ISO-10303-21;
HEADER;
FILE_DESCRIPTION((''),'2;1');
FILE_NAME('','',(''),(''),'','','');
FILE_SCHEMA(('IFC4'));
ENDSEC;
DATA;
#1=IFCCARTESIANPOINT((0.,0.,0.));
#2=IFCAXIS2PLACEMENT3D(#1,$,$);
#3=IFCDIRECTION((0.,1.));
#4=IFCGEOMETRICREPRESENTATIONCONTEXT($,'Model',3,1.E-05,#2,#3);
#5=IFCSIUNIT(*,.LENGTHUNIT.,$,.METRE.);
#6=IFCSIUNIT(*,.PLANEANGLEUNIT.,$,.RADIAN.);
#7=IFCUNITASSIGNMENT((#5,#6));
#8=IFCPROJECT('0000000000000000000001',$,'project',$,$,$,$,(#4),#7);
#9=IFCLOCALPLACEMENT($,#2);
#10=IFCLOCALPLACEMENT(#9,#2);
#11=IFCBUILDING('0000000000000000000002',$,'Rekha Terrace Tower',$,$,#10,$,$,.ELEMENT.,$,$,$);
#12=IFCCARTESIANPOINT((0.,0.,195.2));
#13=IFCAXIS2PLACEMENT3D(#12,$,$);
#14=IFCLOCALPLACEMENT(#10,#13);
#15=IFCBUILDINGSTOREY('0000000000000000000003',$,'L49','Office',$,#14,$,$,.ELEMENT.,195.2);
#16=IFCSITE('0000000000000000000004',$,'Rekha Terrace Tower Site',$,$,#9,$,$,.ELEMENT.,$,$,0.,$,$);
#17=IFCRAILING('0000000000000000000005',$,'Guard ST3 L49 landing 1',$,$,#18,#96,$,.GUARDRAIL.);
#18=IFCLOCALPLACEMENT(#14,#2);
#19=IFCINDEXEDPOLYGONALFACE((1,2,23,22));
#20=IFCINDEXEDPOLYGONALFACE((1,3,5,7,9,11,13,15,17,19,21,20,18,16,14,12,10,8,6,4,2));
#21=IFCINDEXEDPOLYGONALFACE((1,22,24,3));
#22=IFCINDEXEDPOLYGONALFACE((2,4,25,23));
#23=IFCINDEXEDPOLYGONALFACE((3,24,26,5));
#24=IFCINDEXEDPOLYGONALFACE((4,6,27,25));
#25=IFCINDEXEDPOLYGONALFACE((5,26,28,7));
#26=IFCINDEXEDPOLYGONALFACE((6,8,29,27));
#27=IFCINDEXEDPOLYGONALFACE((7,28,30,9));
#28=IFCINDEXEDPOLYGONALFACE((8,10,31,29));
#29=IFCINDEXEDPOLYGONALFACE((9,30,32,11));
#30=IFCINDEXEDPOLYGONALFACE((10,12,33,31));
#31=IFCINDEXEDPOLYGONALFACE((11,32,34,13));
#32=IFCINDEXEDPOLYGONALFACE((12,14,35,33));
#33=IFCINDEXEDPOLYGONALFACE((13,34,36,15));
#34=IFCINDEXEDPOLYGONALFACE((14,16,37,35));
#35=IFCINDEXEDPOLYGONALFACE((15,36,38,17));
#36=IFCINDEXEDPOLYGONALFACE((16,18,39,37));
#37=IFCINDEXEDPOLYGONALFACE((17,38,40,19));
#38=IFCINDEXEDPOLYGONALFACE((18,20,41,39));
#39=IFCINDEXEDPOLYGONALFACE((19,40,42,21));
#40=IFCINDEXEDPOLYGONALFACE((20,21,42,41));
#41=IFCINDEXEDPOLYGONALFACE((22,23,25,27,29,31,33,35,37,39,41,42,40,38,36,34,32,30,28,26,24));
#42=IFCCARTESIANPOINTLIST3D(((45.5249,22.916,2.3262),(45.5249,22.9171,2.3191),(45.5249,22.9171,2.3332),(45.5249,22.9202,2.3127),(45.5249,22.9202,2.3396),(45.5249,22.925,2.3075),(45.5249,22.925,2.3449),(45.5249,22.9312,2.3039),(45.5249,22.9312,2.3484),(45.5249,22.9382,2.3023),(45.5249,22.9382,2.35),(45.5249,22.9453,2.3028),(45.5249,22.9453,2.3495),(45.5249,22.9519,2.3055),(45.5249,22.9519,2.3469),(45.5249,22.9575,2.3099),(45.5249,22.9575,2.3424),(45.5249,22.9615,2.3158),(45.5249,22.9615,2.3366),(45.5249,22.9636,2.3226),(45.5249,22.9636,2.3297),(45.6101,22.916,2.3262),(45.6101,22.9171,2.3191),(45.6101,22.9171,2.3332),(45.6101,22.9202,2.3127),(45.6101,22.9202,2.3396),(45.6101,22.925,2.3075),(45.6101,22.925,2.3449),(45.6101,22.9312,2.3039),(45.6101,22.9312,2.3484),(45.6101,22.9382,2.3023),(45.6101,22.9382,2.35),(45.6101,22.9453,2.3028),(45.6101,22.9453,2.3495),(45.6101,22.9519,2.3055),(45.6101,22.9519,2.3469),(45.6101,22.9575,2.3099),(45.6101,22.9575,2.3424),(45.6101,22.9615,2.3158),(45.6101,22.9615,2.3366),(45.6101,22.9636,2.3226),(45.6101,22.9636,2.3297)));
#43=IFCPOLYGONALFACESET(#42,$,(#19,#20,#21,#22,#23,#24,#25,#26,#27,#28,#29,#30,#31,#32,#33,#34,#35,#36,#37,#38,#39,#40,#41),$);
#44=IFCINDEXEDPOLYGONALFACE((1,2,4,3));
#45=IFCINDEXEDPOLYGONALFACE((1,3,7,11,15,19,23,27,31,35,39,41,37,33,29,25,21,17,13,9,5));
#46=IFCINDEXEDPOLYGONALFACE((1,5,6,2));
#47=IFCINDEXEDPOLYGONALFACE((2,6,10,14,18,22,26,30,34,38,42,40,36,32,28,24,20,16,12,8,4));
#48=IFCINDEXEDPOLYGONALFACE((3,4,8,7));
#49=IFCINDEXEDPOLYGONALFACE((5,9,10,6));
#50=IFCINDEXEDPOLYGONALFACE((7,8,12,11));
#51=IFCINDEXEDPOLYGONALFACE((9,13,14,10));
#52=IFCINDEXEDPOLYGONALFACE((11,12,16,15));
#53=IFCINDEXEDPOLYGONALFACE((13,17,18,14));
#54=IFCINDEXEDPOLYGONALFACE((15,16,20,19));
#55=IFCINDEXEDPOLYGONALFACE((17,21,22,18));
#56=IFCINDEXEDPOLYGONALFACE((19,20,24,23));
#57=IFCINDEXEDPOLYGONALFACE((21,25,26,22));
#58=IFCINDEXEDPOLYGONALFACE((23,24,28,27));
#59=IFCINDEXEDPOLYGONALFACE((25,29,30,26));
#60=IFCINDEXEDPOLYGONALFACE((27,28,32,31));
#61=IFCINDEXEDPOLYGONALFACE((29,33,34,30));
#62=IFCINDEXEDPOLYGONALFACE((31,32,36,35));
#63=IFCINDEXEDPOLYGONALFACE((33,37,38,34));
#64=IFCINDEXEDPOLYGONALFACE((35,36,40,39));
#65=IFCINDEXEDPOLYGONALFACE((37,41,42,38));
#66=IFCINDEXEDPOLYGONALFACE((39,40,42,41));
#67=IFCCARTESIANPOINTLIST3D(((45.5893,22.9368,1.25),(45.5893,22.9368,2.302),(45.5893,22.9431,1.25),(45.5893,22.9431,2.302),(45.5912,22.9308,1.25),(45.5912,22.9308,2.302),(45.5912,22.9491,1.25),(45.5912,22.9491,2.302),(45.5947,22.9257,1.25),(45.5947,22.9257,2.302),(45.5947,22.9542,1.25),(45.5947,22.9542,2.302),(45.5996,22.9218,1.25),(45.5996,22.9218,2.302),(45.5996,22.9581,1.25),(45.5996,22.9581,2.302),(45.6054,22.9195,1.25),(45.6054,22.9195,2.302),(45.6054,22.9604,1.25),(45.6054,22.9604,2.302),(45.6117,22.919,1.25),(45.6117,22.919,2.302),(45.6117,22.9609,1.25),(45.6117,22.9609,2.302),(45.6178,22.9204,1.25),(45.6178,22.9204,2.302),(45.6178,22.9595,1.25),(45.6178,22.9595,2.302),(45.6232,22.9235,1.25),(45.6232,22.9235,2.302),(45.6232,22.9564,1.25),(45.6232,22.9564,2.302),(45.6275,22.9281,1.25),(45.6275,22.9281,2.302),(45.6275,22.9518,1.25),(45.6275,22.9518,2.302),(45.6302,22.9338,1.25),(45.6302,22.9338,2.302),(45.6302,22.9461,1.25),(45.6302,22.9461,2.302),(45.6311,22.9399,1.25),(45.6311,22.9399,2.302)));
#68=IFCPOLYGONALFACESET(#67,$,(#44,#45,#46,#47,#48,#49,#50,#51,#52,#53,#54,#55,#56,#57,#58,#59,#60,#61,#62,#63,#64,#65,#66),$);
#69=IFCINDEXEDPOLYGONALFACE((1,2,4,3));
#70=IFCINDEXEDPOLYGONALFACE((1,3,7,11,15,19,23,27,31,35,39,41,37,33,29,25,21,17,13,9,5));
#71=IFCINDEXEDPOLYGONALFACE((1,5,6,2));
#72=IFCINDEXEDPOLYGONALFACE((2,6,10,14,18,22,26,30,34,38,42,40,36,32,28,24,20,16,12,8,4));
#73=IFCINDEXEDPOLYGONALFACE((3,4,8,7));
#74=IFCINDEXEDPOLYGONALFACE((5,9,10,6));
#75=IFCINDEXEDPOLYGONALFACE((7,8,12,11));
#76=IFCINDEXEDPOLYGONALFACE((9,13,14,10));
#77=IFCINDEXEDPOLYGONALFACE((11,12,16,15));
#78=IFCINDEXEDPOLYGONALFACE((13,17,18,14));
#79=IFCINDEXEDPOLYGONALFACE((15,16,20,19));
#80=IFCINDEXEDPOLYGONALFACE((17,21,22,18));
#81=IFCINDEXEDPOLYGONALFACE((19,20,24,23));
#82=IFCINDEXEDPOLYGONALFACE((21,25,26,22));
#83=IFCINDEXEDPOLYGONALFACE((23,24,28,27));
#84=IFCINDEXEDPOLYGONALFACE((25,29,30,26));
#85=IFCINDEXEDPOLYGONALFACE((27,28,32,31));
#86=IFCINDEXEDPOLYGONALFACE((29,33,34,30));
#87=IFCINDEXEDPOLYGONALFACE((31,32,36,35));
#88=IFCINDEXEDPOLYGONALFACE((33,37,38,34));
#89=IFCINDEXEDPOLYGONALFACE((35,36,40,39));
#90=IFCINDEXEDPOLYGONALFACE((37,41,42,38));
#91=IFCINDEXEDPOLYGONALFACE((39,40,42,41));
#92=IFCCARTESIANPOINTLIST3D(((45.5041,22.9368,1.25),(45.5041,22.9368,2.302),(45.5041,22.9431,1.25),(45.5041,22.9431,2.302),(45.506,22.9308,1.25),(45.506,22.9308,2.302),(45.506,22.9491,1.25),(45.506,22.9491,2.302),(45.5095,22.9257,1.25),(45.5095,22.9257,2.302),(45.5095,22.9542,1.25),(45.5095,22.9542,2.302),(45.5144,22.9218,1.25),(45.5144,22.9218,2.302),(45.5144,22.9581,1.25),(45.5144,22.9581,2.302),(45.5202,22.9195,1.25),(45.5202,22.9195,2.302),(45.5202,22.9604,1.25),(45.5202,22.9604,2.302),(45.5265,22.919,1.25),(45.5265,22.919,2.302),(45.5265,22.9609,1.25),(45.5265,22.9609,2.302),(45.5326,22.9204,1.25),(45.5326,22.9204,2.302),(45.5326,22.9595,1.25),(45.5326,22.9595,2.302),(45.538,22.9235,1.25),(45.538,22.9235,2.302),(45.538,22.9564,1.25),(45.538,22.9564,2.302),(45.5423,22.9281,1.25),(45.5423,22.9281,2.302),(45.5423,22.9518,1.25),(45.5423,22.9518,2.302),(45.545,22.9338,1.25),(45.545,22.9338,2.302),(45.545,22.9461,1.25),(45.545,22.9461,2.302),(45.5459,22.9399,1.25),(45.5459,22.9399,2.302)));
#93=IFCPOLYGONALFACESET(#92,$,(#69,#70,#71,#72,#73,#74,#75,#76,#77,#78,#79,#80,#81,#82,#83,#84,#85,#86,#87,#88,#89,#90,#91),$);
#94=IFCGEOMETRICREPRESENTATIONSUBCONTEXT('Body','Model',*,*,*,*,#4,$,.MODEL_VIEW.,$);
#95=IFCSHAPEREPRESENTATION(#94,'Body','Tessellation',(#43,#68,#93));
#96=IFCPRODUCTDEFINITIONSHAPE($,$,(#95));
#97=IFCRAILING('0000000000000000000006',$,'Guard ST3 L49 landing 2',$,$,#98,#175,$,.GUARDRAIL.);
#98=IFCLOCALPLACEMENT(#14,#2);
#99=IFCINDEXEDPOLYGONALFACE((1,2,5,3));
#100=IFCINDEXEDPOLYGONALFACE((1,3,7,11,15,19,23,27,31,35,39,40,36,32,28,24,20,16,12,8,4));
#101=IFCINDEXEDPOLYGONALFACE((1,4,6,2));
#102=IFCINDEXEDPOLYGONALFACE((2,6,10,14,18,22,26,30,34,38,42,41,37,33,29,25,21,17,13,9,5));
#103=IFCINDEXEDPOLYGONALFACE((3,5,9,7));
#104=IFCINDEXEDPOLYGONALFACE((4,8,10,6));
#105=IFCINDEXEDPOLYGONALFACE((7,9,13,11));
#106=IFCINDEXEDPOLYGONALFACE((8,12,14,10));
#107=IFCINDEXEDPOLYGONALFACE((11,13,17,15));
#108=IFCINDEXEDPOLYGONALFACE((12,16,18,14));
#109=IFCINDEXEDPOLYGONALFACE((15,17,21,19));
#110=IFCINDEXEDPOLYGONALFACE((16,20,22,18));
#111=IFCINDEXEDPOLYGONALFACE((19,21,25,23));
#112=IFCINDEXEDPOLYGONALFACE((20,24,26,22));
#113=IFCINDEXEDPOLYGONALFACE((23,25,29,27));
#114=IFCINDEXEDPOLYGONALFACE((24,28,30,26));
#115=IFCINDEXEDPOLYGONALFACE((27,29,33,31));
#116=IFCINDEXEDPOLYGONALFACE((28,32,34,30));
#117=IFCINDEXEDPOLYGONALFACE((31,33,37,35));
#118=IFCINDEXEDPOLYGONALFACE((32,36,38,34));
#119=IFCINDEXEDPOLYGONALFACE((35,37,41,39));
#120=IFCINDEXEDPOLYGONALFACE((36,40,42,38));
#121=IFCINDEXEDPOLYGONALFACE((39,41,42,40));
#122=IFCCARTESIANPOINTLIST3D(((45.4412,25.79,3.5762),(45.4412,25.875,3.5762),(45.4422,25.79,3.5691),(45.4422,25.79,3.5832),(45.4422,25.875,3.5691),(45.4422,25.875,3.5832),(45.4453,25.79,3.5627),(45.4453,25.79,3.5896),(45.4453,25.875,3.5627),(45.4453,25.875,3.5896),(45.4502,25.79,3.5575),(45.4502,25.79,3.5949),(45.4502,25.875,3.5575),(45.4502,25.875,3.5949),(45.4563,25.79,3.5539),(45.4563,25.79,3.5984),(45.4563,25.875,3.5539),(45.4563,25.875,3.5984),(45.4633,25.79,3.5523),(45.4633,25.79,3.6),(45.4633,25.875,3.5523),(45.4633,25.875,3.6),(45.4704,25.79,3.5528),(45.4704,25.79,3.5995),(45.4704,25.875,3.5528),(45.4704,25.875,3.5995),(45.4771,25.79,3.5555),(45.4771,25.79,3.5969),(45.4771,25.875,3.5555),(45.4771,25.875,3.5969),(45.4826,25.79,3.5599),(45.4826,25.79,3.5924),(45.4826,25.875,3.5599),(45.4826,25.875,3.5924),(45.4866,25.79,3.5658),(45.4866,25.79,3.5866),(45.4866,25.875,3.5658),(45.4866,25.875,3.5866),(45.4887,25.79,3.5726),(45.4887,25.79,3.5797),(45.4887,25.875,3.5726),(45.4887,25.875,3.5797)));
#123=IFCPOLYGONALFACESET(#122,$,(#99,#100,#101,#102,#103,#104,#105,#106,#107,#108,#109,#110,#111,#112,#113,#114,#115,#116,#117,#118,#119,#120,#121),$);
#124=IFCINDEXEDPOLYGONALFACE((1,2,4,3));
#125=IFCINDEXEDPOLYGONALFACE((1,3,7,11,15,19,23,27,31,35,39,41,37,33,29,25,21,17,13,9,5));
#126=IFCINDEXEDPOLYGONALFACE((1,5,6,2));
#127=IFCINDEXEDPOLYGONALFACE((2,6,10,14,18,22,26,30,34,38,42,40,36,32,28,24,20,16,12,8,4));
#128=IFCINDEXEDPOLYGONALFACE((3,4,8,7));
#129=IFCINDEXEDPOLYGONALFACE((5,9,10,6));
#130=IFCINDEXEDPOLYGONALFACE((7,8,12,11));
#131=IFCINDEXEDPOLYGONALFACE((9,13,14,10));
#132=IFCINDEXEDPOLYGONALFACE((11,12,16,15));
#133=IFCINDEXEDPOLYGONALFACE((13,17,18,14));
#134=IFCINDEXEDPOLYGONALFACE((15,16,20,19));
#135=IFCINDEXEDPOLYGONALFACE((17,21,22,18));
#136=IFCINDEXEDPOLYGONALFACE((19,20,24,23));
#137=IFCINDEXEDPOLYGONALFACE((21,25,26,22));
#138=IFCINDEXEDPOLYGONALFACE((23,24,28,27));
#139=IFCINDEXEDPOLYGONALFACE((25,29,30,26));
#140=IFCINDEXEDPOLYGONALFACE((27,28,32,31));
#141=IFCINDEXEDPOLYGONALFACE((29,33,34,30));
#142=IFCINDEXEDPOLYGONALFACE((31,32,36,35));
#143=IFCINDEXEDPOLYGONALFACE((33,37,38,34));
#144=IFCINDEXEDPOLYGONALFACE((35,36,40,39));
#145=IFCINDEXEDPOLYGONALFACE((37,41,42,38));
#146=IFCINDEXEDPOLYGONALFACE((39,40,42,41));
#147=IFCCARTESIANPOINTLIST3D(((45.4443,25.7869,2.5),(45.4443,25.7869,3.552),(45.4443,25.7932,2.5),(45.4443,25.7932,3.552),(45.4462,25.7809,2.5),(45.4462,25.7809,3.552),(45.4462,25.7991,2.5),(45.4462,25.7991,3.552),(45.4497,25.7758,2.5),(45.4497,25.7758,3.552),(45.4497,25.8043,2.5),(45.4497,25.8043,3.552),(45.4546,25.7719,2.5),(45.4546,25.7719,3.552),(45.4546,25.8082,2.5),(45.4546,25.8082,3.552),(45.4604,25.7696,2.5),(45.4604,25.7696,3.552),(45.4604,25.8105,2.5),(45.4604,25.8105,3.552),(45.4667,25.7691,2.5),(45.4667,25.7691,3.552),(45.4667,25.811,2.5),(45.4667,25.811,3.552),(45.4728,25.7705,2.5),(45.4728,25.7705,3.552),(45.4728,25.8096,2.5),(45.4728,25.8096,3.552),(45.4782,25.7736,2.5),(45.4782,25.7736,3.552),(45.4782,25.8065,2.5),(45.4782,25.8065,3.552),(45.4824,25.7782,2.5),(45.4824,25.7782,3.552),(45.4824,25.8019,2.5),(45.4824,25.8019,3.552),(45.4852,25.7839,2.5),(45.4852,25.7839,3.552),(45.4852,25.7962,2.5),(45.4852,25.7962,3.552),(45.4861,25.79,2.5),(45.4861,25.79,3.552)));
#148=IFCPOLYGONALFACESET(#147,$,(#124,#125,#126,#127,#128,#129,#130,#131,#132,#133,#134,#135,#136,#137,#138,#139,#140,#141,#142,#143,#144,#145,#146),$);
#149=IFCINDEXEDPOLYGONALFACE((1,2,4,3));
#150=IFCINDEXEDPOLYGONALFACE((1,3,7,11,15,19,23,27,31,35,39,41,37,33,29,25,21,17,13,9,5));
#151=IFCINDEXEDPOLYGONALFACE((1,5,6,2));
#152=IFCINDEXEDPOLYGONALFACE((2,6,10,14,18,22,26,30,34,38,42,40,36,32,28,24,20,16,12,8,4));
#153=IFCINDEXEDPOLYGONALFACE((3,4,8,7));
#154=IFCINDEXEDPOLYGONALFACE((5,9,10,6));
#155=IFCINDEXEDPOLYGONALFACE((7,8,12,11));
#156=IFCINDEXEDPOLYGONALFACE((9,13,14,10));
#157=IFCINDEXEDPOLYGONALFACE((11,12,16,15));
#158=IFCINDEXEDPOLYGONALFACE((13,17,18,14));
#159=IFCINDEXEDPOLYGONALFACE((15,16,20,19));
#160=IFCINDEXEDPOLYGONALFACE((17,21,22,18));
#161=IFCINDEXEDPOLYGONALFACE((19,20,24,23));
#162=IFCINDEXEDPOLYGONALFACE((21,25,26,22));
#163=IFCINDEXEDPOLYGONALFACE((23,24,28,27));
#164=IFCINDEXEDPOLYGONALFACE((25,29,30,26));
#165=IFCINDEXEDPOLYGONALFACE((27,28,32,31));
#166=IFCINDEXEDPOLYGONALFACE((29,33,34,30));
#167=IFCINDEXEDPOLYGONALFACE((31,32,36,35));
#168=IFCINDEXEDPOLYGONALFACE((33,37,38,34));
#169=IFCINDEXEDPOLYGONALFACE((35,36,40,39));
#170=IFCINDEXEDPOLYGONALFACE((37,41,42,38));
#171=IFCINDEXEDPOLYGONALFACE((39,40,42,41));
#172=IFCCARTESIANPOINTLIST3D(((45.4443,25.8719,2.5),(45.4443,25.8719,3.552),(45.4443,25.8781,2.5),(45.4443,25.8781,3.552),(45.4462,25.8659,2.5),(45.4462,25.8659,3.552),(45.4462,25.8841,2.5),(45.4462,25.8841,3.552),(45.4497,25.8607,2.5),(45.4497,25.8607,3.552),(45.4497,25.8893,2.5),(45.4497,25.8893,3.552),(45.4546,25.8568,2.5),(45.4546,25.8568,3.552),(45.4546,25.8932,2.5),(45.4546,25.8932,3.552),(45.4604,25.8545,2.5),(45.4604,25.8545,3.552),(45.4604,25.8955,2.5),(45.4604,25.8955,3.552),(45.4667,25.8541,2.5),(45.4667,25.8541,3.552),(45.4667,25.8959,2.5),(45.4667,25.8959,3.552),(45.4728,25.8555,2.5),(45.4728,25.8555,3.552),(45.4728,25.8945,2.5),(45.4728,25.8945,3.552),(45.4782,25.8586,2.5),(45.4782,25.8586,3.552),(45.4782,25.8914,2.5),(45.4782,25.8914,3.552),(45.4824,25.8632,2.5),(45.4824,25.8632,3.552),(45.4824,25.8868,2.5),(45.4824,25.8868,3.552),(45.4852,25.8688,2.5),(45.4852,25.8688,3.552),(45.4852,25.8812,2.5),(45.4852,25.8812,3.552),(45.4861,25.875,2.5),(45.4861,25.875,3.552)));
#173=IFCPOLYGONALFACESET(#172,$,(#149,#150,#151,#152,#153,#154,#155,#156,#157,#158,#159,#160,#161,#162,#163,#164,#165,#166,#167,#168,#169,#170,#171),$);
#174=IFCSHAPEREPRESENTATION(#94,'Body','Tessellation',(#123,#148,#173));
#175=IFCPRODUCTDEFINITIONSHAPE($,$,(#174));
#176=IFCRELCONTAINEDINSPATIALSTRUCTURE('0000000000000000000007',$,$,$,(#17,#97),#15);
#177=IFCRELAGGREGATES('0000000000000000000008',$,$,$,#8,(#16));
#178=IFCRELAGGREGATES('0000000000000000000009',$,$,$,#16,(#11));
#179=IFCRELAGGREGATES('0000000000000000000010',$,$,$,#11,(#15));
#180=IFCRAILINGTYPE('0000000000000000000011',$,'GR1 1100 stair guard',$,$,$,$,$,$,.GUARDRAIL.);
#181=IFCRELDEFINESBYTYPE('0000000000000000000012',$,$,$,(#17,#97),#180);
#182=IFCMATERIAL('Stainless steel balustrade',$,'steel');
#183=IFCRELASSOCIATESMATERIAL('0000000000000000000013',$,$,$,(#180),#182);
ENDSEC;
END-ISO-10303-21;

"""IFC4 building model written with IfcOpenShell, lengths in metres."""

from ifc_helpers import new_model, si_unit, direction, frame, origin, origin_2d, place, context, subcontext, project, spatial, circle, extrude, material, type_object, element, save


model = new_model("IFC4")

# Units and contexts
model_context = context("Model", 3, precision=1e-05, world=origin(), true_north=direction((0.0, 1.0)))
body_context = subcontext(model_context, "Body", "Model", "MODEL_VIEW")
ifc_project = project(units=[si_unit("LENGTHUNIT", "METRE"), si_unit("PLANEANGLEUNIT", "RADIAN")], contexts=[model_context])

# Site, building, storey
site_placement = place(None, origin())
site = spatial("IfcSite", under=ifc_project, at=site_placement, Name="Rekha Terrace Tower Site", CompositionType="ELEMENT", RefElevation=0.0)
building_placement = place(site_placement, origin())
building = spatial("IfcBuilding", under=site, at=building_placement, Name="Rekha Terrace Tower", CompositionType="ELEMENT")
storey_placement = place(building_placement, frame((0.0, 0.0, 195.2)))
storey = spatial("IfcBuildingStorey", under=building, at=storey_placement, Name="L49", Description="Office", CompositionType="ELEMENT", Elevation=195.2)

# Railings
ifc_material_1 = material(Name="Stainless steel balustrade", Category="steel")
railing_type_1 = type_object("IfcRailingType", Name="GR1 1100 stair guard", PredefinedType="GUARDRAIL", material=ifc_material_1)
railing_1_placement = place(storey_placement, frame((45.6101, 22.9399, 1.25)))
element("IfcRailing", 1, at=railing_1_placement, inside=storey, type_object=railing_type_1, Name="Guard ST3 L49 landing 1", PredefinedType="GUARDRAIL", context=body_context, shape_type="SweptSolid", body=[
    extrude(circle(Radius=0.0239, at=origin_2d()), frame((0.0, 0.0, 1.0762), z_axis=(-1.0, 0.0, 0.0), x_axis=(0.0, -1.0, 0.0)), (0.0, 0.0, 1.0), 0.0852),
    extrude(circle(Radius=0.021, at=origin_2d()), origin(), (0.0, 0.0, 1.0), 1.052),
    extrude(circle(Radius=0.021, at=origin_2d()), frame((-0.0852, 0.0, 0.0)), (0.0, 0.0, 1.0), 1.052),
])
railing_2_placement = place(storey_placement, frame((45.4651, 25.79, 2.5)))
element("IfcRailing", 2, at=railing_2_placement, inside=storey, type_object=railing_type_1, Name="Guard ST3 L49 landing 2", PredefinedType="GUARDRAIL", context=body_context, shape_type="SweptSolid", body=[
    extrude(circle(Radius=0.0239, at=origin_2d()), frame((0.0, 0.0, 1.0762), z_axis=(0.0, 1.0, 0.0), x_axis=(-1.0, 0.0, 0.0)), (0.0, 0.0, 1.0), 0.085),
    extrude(circle(Radius=0.021, at=origin_2d()), origin(), (0.0, 0.0, 1.0), 1.052),
    extrude(circle(Radius=0.021, at=origin_2d()), frame((0.0, 0.085, 0.0)), (0.0, 0.0, 1.0), 1.052),
])

save(model, "model.ifc")
